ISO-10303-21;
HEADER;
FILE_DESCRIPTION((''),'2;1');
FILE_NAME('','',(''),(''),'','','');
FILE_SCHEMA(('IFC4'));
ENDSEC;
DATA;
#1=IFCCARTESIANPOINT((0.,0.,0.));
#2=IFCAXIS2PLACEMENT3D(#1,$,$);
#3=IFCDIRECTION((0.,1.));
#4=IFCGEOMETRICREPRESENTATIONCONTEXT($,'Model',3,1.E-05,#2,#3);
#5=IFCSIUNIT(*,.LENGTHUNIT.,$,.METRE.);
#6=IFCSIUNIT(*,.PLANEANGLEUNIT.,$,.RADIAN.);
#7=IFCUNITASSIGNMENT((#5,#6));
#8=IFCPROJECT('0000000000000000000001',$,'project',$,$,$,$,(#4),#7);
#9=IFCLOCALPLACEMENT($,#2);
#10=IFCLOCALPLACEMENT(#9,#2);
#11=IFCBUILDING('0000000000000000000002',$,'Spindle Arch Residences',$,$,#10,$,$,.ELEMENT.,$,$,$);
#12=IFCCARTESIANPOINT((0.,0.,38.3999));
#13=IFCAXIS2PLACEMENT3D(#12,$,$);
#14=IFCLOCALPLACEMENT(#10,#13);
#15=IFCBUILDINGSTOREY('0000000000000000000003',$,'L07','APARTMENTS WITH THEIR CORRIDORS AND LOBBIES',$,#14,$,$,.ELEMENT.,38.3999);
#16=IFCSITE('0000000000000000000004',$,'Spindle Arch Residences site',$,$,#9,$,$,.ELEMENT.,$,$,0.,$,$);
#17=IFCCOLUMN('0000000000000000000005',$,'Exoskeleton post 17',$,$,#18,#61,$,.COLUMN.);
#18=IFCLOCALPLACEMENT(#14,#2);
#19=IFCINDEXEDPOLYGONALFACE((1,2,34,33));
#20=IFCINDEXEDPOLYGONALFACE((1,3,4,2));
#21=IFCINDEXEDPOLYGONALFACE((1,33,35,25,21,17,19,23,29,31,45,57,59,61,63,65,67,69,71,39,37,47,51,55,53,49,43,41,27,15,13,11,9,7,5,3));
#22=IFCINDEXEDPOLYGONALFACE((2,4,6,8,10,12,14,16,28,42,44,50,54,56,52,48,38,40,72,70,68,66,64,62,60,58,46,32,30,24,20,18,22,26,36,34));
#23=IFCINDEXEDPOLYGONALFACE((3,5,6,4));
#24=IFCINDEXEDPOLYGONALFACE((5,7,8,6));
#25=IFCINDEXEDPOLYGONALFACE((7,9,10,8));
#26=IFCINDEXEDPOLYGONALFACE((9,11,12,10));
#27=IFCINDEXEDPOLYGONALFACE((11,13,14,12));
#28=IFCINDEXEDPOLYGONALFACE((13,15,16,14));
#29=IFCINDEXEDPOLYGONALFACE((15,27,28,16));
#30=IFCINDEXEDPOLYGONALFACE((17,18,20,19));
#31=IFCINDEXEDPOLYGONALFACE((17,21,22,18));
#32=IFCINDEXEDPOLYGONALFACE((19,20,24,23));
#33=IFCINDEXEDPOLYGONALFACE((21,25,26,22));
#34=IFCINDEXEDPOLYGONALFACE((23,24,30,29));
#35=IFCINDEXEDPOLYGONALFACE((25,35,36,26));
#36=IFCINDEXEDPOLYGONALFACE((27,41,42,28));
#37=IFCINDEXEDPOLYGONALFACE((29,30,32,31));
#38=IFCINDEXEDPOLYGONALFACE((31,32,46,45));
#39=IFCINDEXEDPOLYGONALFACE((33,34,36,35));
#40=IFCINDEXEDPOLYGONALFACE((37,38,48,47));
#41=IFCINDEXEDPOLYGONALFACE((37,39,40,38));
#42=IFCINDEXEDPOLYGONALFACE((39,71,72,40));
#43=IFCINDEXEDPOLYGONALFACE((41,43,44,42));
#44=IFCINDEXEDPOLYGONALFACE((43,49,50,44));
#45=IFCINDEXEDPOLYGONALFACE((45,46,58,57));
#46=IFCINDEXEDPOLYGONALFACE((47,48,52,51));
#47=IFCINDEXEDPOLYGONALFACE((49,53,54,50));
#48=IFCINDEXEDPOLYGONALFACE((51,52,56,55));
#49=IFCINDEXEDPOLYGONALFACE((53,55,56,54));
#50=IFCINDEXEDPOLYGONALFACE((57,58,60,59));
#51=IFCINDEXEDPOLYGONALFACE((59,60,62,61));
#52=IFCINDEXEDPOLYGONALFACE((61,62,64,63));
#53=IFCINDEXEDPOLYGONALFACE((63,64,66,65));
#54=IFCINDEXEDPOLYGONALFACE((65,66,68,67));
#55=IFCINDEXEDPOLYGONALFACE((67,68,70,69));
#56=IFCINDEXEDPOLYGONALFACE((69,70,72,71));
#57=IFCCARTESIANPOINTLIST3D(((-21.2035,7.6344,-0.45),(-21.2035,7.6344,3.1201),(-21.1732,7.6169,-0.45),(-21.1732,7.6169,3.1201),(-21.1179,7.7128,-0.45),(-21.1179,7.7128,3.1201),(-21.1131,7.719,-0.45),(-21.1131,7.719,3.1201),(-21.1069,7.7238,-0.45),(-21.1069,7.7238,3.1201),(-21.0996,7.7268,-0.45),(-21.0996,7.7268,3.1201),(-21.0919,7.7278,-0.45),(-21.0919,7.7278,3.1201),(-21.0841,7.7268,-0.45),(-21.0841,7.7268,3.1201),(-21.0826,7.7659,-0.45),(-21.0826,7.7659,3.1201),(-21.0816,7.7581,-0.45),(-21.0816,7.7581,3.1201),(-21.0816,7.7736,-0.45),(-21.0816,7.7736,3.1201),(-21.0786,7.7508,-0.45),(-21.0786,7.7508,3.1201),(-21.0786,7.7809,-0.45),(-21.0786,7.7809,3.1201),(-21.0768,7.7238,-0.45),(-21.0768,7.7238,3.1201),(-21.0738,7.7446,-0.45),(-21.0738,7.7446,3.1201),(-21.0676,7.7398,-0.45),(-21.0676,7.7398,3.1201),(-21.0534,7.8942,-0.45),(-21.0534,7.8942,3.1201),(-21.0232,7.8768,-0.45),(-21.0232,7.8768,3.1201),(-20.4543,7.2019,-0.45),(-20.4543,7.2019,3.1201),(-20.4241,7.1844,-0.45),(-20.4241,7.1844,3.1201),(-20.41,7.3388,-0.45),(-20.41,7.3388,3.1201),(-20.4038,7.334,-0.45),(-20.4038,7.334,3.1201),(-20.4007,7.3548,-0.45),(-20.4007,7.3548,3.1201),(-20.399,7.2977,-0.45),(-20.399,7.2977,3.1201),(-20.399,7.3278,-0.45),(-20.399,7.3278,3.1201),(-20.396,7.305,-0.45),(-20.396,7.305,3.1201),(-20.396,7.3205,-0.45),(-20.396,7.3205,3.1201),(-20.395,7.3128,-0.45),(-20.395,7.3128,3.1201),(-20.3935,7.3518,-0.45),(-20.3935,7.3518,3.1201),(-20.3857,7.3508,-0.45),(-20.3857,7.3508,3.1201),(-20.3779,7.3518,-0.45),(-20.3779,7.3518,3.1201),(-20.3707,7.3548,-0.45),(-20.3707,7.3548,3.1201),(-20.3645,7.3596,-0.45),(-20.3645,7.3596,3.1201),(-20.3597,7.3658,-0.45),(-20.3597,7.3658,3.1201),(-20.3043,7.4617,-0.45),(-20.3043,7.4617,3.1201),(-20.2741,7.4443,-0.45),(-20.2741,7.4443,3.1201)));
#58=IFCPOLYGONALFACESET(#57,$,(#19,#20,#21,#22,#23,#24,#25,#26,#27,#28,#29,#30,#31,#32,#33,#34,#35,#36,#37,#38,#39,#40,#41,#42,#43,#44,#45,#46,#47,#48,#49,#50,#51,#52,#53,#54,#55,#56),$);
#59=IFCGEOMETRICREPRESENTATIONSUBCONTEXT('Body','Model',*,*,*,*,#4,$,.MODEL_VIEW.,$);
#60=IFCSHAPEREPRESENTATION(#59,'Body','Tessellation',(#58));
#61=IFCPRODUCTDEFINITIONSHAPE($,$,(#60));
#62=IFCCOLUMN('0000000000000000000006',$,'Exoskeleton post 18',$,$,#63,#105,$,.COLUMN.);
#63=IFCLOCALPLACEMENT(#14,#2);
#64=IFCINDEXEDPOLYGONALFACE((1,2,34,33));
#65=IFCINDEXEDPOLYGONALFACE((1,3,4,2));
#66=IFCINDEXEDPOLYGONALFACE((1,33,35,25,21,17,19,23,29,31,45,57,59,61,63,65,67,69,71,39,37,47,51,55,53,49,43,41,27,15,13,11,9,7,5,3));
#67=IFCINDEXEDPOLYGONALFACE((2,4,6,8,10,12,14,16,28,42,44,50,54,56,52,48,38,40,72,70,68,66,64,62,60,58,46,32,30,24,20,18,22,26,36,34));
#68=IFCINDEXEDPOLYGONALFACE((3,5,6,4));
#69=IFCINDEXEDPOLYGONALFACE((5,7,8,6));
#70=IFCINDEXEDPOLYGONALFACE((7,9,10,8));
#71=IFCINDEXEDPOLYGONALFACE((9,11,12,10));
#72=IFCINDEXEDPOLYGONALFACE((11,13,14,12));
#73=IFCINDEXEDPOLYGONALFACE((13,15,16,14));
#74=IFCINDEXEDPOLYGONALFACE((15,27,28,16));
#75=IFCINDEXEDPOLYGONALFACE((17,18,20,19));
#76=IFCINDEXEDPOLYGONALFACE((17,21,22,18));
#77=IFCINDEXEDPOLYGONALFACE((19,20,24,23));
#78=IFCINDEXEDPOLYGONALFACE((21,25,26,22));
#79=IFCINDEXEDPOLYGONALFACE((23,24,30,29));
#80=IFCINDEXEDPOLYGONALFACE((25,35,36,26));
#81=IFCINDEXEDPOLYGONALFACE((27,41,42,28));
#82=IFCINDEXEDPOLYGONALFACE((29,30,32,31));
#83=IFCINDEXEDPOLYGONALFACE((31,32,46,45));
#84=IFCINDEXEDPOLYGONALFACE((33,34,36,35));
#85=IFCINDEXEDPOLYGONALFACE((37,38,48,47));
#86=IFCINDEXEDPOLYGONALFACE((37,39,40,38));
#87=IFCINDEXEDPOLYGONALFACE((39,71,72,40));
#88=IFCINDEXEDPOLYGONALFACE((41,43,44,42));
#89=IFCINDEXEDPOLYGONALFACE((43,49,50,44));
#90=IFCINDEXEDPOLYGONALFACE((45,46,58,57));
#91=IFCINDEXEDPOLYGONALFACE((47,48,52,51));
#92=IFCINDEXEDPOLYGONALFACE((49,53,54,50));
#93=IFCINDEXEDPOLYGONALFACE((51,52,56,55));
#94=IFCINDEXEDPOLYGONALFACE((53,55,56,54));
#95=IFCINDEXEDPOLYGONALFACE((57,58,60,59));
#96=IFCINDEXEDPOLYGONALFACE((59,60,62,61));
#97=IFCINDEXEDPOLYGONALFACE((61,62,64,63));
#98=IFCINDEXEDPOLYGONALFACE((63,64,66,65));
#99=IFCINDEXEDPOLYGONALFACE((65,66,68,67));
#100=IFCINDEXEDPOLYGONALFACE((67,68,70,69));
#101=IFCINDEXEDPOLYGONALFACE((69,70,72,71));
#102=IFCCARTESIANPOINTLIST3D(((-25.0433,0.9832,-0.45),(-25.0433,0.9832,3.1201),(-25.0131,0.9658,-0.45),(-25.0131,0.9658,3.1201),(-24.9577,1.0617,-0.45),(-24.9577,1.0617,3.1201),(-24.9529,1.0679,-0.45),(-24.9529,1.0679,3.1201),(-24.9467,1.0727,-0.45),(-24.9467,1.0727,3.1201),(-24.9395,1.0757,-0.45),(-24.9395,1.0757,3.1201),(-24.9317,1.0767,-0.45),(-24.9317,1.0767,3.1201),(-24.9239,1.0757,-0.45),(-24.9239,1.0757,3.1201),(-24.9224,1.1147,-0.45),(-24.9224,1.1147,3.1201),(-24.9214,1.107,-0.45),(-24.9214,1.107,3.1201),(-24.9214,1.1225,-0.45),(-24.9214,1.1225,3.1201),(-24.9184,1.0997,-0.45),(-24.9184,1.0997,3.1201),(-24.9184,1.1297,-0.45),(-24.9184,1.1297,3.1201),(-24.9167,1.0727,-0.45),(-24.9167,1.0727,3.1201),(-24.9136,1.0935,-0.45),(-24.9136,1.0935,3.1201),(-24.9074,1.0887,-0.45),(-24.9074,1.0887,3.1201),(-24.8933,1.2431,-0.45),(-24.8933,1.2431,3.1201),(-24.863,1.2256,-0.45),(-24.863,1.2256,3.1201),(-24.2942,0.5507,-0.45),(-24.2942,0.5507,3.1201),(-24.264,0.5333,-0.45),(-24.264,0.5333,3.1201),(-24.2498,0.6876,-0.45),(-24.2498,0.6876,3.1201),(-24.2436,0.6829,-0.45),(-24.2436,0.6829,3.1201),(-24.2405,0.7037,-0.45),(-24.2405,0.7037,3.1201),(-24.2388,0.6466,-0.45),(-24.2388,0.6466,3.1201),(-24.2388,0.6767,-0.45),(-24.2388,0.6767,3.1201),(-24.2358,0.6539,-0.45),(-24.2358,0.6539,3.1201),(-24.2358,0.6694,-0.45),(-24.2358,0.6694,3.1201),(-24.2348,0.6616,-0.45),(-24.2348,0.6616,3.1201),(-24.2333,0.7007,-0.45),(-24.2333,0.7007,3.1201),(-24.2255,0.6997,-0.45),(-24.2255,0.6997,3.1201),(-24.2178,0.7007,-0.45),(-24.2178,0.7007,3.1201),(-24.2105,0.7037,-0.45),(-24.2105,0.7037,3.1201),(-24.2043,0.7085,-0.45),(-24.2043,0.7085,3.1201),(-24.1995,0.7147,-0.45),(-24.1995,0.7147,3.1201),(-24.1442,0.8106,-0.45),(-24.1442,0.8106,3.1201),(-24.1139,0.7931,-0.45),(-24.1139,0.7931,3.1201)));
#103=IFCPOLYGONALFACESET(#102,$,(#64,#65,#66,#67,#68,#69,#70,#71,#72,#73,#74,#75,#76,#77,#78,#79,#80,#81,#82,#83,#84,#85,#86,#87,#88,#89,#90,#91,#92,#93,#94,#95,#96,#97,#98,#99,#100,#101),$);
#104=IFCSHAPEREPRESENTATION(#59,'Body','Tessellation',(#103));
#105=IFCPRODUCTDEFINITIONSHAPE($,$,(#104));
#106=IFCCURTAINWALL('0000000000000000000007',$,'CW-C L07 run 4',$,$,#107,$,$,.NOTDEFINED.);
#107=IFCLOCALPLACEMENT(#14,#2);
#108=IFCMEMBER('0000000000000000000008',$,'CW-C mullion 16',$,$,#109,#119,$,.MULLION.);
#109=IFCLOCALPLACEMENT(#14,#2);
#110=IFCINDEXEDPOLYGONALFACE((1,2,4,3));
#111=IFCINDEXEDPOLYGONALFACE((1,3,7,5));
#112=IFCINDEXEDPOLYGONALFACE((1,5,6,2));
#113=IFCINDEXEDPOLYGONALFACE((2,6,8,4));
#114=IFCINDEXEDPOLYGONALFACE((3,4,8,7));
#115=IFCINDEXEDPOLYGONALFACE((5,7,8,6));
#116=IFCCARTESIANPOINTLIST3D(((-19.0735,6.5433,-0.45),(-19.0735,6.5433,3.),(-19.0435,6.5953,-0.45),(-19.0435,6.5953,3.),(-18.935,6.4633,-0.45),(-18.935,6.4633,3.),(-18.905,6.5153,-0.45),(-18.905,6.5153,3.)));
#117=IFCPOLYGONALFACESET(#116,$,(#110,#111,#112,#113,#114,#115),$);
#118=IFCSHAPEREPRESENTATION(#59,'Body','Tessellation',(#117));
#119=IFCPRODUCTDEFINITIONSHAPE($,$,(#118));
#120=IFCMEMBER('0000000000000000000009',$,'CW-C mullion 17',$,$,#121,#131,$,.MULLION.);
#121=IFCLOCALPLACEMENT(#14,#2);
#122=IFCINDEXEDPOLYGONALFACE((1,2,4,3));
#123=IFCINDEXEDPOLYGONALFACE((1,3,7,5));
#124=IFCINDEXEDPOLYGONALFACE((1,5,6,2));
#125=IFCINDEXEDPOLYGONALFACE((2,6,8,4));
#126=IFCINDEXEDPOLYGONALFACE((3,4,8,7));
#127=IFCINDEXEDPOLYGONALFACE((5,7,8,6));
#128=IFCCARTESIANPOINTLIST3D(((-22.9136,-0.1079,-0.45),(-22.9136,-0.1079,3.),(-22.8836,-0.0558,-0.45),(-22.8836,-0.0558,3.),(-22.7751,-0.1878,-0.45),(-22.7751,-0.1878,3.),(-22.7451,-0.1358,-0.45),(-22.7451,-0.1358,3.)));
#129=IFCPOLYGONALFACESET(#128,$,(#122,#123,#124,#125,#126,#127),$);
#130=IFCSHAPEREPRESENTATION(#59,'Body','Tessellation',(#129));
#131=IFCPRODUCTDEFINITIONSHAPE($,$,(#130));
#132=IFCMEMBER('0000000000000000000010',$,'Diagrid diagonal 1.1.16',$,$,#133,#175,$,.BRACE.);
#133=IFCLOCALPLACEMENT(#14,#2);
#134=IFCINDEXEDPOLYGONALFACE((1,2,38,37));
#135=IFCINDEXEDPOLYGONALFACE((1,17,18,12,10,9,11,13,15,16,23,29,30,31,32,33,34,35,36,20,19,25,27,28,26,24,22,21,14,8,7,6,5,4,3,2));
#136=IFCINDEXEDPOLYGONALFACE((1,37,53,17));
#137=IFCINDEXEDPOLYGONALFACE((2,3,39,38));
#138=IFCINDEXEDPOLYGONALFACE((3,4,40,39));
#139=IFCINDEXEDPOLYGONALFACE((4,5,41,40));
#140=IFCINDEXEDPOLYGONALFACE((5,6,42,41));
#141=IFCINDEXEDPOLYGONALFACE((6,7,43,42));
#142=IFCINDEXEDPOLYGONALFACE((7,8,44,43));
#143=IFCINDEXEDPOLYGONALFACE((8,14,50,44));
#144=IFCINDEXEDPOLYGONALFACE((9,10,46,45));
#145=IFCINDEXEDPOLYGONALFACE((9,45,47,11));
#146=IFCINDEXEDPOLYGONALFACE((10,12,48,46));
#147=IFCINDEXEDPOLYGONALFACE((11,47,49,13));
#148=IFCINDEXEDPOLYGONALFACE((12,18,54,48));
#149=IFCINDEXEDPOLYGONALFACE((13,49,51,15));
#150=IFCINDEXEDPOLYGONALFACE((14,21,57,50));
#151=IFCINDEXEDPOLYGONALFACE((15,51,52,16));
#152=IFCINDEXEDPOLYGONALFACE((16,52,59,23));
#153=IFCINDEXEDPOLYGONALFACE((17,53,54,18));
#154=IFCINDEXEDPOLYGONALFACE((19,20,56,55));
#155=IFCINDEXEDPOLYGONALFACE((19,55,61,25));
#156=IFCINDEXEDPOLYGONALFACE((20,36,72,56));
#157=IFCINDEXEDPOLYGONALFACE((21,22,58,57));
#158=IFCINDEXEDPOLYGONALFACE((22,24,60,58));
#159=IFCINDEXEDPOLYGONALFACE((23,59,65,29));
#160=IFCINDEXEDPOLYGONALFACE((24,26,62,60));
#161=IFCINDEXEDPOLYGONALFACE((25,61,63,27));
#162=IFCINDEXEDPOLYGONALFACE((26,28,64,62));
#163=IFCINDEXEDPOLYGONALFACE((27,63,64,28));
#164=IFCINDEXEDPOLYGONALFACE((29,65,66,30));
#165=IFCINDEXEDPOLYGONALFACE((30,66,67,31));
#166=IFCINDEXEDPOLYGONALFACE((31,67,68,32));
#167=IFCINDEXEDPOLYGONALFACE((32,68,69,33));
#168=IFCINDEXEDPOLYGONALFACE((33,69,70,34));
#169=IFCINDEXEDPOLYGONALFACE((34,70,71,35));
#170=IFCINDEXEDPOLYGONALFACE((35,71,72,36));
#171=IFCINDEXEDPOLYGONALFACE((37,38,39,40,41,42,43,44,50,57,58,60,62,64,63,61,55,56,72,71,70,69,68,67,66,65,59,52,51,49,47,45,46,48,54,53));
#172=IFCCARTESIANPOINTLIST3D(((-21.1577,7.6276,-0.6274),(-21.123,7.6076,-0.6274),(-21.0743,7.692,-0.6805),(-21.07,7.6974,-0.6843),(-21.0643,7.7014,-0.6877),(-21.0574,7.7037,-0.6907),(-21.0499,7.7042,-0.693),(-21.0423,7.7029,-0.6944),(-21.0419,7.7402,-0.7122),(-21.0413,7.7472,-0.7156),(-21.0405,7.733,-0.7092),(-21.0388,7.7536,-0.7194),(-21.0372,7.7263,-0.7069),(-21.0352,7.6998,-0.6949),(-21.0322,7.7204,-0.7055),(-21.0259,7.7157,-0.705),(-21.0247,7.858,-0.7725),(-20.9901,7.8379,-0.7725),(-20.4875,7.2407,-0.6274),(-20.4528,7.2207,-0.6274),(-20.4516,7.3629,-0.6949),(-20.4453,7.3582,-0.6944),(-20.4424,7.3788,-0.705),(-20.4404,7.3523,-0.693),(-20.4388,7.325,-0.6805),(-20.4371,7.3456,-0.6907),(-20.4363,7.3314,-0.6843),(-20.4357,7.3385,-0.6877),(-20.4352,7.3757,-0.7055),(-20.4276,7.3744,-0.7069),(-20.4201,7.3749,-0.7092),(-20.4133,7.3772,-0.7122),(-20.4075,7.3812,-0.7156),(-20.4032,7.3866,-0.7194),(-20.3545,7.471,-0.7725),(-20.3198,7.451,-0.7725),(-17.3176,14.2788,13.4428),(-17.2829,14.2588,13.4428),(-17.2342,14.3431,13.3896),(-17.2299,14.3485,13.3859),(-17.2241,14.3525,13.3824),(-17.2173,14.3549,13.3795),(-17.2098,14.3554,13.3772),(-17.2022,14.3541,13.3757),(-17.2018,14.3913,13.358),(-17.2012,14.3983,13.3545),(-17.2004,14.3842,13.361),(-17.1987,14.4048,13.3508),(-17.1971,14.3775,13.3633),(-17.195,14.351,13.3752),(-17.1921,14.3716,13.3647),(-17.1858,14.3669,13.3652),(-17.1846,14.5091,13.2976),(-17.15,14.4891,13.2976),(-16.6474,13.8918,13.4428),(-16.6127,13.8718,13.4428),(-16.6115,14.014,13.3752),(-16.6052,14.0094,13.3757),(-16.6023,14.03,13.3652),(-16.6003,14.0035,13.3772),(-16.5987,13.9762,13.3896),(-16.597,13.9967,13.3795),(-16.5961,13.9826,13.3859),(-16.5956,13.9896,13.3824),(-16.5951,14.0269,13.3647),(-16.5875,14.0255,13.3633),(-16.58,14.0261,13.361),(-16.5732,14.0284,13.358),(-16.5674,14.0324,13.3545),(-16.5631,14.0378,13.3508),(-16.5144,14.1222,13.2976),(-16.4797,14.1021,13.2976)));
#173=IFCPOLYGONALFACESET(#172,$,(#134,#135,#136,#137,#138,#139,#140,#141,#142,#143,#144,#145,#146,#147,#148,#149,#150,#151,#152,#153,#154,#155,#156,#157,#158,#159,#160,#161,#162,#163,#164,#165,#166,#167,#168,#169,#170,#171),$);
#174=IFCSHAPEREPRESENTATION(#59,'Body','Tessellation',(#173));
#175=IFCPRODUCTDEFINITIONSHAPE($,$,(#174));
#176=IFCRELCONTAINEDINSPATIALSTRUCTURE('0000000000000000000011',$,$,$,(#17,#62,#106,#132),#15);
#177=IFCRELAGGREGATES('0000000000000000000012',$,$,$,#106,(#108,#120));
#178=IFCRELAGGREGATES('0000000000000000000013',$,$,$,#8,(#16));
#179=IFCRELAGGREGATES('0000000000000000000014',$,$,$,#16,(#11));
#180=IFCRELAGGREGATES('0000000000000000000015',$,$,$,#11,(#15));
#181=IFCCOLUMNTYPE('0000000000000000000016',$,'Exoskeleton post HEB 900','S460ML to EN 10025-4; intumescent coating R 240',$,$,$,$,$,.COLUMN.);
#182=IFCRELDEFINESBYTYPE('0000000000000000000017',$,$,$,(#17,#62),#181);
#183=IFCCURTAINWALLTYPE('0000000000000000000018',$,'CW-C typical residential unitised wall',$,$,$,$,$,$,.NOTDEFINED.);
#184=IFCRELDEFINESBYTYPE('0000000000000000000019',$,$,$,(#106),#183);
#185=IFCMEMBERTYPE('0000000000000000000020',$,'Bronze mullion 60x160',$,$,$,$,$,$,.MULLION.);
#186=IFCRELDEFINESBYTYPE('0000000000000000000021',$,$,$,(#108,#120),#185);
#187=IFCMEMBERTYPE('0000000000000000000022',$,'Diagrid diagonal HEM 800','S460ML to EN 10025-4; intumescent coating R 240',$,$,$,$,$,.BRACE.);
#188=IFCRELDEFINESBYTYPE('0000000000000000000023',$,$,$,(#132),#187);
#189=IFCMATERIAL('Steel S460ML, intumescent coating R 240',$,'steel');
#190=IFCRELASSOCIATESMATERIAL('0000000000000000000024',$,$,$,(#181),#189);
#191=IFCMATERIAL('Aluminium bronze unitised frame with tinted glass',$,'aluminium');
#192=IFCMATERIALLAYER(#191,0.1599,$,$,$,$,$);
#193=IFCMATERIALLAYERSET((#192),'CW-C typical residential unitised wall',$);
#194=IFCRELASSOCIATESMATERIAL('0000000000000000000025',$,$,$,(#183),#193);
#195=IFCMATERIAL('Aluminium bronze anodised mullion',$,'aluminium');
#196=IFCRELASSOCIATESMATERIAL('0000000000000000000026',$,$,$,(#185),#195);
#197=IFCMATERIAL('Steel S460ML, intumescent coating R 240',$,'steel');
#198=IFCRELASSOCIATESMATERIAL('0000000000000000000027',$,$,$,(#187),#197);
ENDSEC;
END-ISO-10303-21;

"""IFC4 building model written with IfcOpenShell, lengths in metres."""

from ifc_helpers import new_model, si_unit, direction, frame, origin, origin_2d, place, context, subcontext, project, spatial, rectangle, i_section, extrude, material, layer, layer_set, material_profile, profile_set, type_object, element, aggregate, save


model = new_model("IFC4")

# Units and contexts
model_context = context("Model", 3, precision=1e-05, world=origin(), true_north=direction((0.0, 1.0)))
body_context = subcontext(model_context, "Body", "Model", "MODEL_VIEW")
ifc_project = project(units=[si_unit("LENGTHUNIT", "METRE"), si_unit("PLANEANGLEUNIT", "RADIAN")], contexts=[model_context])

# Site, building, storey
site_placement = place(None, origin())
site = spatial("IfcSite", under=ifc_project, at=site_placement, Name="Spindle Arch Residences site", CompositionType="ELEMENT", RefElevation=0.0)
building_placement = place(site_placement, origin())
building = spatial("IfcBuilding", under=site, at=building_placement, Name="Spindle Arch Residences", CompositionType="ELEMENT")
storey_placement = place(building_placement, frame((0.0, 0.0, 38.3999)))
storey = spatial("IfcBuildingStorey", under=building, at=storey_placement, Name="L07", Description="APARTMENTS WITH THEIR CORRIDORS AND LOBBIES", CompositionType="ELEMENT", Elevation=38.3999)

# Columns
ifc_material_1 = material(Name="Steel S460ML, intumescent coating R 240", Category="steel")
ifc_material_profile_1 = material_profile(ifc_material_1, i_section(OverallWidth=0.3, OverallDepth=0.8999, WebThickness=0.0186, FlangeThickness=0.0349, FilletRadius=0.03, at=origin_2d()), Name="HEB 900")
ifc_profile_set_1 = profile_set([ifc_material_profile_1], Name="Steel S460ML, intumescent coating R 240")
column_type = type_object("IfcColumnType", Name="Exoskeleton post HEB 900", Description="S460ML to EN 10025-4; intumescent coating R 240", PredefinedType="COLUMN", material=ifc_profile_set_1)
for number, where, z_axis, x_axis, name in (
    (1, (-20.7388, 7.5393, -0.45), (0.0, 0.0, 1.0), (0.5, 0.866025, 0.0), "Exoskeleton post 17"),
    (2, (-24.5786, 0.8882, -0.45), (0.0, 0.0, 1.0), (0.5, 0.866025, 0.0), "Exoskeleton post 18"),
):
    element("IfcColumn", number, at=place(storey_placement, frame(where, z_axis=z_axis, x_axis=x_axis)), inside=storey, type_object=column_type, Name=name, PredefinedType="COLUMN", context=body_context, shape_type="SweptSolid", body=[
        extrude(i_section(OverallWidth=0.3, OverallDepth=0.8999, WebThickness=0.0186, FlangeThickness=0.0349, FilletRadius=0.03, at=origin_2d()), origin(), (0.0, 0.0, 1.0), 3.5701),
    ])

# Curtain wall, members
ifc_material_2 = material(Name="Aluminium bronze unitised frame with tinted glass", Category="aluminium")
ifc_layer_1 = layer(ifc_material_2, 0.1599)
ifc_layer_set_1 = layer_set([ifc_layer_1], Name="CW-C typical residential unitised wall")
curtain_wall_type = type_object("IfcCurtainWallType", Name="CW-C typical residential unitised wall", PredefinedType="NOTDEFINED", material=ifc_layer_set_1)
curtain_wall_placement = place(storey_placement, origin())
curtain_wall = element("IfcCurtainWall", 3, at=curtain_wall_placement, inside=storey, type_object=curtain_wall_type, Name="CW-C L07 run 4", PredefinedType="NOTDEFINED")
ifc_material_3 = material(Name="Aluminium bronze anodised mullion", Category="aluminium")
ifc_material_profile_2 = material_profile(ifc_material_3, rectangle(XDim=0.1599, YDim=0.0601, at=origin_2d()), Name="MU 60x160")
ifc_profile_set_2 = profile_set([ifc_material_profile_2], Name="Aluminium bronze anodised mullion")
member_type_1 = type_object("IfcMemberType", Name="Bronze mullion 60x160", PredefinedType="MULLION", material=ifc_profile_set_2)
member_1_placement = place(storey_placement, frame((-18.9893, 6.5293, -0.45), z_axis=(0.0, 0.0, 1.0), x_axis=(0.866025, -0.5, 0.0)))
member_1 = element("IfcMember", 4, at=member_1_placement, type_object=member_type_1, Name="CW-C mullion 16", PredefinedType="MULLION", context=body_context, shape_type="SweptSolid", body=[
    extrude(rectangle(XDim=0.1599, YDim=0.0601, at=origin_2d()), origin(), (0.0, 0.0, 1.0), 3.45),
])
member_2_placement = place(storey_placement, frame((-22.8293, -0.1218, -0.45), z_axis=(0.0, 0.0, 1.0), x_axis=(0.866025, -0.5, 0.0)))
member_2 = element("IfcMember", 5, at=member_2_placement, type_object=member_type_1, Name="CW-C mullion 17", PredefinedType="MULLION", context=body_context, shape_type="SweptSolid", body=[
    extrude(rectangle(XDim=0.1599, YDim=0.0601, at=origin_2d()), origin(), (0.0, 0.0, 1.0), 3.45),
])

# Member
ifc_material_4 = material(Name="Steel S460ML, intumescent coating R 240", Category="steel")
ifc_material_profile_3 = material_profile(ifc_material_4, i_section(OverallWidth=0.303, OverallDepth=0.814, WebThickness=0.021, FlangeThickness=0.04, FilletRadius=0.03, at=origin_2d()), Name="HEM 800")
ifc_profile_set_3 = profile_set([ifc_material_profile_3], Name="Steel S460ML, intumescent coating R 240")
member_type_2 = type_object("IfcMemberType", Name="Diagrid diagonal HEM 800", Description="S460ML to EN 10025-4; intumescent coating R 240", PredefinedType="BRACE", material=ifc_profile_set_3)
member_3_placement = place(storey_placement, frame((-20.7388, 7.5393, -0.7), z_axis=(0.239561, 0.414926, 0.877751), x_axis=(-0.438881, -0.760152, 0.479117)))
element("IfcMember", 6, at=member_3_placement, inside=storey, type_object=member_type_2, Name="Diagrid diagonal 1.1.16", PredefinedType="BRACE", context=body_context, shape_type="SweptSolid", body=[
    extrude(i_section(OverallWidth=0.303, OverallDepth=0.814, WebThickness=0.021, FlangeThickness=0.04, FilletRadius=0.03, at=origin_2d()), origin(), (0.0, 0.0, 1.0), 16.0298),
])

aggregate(curtain_wall, [member_1, member_2])

save(model, "model.ifc")
